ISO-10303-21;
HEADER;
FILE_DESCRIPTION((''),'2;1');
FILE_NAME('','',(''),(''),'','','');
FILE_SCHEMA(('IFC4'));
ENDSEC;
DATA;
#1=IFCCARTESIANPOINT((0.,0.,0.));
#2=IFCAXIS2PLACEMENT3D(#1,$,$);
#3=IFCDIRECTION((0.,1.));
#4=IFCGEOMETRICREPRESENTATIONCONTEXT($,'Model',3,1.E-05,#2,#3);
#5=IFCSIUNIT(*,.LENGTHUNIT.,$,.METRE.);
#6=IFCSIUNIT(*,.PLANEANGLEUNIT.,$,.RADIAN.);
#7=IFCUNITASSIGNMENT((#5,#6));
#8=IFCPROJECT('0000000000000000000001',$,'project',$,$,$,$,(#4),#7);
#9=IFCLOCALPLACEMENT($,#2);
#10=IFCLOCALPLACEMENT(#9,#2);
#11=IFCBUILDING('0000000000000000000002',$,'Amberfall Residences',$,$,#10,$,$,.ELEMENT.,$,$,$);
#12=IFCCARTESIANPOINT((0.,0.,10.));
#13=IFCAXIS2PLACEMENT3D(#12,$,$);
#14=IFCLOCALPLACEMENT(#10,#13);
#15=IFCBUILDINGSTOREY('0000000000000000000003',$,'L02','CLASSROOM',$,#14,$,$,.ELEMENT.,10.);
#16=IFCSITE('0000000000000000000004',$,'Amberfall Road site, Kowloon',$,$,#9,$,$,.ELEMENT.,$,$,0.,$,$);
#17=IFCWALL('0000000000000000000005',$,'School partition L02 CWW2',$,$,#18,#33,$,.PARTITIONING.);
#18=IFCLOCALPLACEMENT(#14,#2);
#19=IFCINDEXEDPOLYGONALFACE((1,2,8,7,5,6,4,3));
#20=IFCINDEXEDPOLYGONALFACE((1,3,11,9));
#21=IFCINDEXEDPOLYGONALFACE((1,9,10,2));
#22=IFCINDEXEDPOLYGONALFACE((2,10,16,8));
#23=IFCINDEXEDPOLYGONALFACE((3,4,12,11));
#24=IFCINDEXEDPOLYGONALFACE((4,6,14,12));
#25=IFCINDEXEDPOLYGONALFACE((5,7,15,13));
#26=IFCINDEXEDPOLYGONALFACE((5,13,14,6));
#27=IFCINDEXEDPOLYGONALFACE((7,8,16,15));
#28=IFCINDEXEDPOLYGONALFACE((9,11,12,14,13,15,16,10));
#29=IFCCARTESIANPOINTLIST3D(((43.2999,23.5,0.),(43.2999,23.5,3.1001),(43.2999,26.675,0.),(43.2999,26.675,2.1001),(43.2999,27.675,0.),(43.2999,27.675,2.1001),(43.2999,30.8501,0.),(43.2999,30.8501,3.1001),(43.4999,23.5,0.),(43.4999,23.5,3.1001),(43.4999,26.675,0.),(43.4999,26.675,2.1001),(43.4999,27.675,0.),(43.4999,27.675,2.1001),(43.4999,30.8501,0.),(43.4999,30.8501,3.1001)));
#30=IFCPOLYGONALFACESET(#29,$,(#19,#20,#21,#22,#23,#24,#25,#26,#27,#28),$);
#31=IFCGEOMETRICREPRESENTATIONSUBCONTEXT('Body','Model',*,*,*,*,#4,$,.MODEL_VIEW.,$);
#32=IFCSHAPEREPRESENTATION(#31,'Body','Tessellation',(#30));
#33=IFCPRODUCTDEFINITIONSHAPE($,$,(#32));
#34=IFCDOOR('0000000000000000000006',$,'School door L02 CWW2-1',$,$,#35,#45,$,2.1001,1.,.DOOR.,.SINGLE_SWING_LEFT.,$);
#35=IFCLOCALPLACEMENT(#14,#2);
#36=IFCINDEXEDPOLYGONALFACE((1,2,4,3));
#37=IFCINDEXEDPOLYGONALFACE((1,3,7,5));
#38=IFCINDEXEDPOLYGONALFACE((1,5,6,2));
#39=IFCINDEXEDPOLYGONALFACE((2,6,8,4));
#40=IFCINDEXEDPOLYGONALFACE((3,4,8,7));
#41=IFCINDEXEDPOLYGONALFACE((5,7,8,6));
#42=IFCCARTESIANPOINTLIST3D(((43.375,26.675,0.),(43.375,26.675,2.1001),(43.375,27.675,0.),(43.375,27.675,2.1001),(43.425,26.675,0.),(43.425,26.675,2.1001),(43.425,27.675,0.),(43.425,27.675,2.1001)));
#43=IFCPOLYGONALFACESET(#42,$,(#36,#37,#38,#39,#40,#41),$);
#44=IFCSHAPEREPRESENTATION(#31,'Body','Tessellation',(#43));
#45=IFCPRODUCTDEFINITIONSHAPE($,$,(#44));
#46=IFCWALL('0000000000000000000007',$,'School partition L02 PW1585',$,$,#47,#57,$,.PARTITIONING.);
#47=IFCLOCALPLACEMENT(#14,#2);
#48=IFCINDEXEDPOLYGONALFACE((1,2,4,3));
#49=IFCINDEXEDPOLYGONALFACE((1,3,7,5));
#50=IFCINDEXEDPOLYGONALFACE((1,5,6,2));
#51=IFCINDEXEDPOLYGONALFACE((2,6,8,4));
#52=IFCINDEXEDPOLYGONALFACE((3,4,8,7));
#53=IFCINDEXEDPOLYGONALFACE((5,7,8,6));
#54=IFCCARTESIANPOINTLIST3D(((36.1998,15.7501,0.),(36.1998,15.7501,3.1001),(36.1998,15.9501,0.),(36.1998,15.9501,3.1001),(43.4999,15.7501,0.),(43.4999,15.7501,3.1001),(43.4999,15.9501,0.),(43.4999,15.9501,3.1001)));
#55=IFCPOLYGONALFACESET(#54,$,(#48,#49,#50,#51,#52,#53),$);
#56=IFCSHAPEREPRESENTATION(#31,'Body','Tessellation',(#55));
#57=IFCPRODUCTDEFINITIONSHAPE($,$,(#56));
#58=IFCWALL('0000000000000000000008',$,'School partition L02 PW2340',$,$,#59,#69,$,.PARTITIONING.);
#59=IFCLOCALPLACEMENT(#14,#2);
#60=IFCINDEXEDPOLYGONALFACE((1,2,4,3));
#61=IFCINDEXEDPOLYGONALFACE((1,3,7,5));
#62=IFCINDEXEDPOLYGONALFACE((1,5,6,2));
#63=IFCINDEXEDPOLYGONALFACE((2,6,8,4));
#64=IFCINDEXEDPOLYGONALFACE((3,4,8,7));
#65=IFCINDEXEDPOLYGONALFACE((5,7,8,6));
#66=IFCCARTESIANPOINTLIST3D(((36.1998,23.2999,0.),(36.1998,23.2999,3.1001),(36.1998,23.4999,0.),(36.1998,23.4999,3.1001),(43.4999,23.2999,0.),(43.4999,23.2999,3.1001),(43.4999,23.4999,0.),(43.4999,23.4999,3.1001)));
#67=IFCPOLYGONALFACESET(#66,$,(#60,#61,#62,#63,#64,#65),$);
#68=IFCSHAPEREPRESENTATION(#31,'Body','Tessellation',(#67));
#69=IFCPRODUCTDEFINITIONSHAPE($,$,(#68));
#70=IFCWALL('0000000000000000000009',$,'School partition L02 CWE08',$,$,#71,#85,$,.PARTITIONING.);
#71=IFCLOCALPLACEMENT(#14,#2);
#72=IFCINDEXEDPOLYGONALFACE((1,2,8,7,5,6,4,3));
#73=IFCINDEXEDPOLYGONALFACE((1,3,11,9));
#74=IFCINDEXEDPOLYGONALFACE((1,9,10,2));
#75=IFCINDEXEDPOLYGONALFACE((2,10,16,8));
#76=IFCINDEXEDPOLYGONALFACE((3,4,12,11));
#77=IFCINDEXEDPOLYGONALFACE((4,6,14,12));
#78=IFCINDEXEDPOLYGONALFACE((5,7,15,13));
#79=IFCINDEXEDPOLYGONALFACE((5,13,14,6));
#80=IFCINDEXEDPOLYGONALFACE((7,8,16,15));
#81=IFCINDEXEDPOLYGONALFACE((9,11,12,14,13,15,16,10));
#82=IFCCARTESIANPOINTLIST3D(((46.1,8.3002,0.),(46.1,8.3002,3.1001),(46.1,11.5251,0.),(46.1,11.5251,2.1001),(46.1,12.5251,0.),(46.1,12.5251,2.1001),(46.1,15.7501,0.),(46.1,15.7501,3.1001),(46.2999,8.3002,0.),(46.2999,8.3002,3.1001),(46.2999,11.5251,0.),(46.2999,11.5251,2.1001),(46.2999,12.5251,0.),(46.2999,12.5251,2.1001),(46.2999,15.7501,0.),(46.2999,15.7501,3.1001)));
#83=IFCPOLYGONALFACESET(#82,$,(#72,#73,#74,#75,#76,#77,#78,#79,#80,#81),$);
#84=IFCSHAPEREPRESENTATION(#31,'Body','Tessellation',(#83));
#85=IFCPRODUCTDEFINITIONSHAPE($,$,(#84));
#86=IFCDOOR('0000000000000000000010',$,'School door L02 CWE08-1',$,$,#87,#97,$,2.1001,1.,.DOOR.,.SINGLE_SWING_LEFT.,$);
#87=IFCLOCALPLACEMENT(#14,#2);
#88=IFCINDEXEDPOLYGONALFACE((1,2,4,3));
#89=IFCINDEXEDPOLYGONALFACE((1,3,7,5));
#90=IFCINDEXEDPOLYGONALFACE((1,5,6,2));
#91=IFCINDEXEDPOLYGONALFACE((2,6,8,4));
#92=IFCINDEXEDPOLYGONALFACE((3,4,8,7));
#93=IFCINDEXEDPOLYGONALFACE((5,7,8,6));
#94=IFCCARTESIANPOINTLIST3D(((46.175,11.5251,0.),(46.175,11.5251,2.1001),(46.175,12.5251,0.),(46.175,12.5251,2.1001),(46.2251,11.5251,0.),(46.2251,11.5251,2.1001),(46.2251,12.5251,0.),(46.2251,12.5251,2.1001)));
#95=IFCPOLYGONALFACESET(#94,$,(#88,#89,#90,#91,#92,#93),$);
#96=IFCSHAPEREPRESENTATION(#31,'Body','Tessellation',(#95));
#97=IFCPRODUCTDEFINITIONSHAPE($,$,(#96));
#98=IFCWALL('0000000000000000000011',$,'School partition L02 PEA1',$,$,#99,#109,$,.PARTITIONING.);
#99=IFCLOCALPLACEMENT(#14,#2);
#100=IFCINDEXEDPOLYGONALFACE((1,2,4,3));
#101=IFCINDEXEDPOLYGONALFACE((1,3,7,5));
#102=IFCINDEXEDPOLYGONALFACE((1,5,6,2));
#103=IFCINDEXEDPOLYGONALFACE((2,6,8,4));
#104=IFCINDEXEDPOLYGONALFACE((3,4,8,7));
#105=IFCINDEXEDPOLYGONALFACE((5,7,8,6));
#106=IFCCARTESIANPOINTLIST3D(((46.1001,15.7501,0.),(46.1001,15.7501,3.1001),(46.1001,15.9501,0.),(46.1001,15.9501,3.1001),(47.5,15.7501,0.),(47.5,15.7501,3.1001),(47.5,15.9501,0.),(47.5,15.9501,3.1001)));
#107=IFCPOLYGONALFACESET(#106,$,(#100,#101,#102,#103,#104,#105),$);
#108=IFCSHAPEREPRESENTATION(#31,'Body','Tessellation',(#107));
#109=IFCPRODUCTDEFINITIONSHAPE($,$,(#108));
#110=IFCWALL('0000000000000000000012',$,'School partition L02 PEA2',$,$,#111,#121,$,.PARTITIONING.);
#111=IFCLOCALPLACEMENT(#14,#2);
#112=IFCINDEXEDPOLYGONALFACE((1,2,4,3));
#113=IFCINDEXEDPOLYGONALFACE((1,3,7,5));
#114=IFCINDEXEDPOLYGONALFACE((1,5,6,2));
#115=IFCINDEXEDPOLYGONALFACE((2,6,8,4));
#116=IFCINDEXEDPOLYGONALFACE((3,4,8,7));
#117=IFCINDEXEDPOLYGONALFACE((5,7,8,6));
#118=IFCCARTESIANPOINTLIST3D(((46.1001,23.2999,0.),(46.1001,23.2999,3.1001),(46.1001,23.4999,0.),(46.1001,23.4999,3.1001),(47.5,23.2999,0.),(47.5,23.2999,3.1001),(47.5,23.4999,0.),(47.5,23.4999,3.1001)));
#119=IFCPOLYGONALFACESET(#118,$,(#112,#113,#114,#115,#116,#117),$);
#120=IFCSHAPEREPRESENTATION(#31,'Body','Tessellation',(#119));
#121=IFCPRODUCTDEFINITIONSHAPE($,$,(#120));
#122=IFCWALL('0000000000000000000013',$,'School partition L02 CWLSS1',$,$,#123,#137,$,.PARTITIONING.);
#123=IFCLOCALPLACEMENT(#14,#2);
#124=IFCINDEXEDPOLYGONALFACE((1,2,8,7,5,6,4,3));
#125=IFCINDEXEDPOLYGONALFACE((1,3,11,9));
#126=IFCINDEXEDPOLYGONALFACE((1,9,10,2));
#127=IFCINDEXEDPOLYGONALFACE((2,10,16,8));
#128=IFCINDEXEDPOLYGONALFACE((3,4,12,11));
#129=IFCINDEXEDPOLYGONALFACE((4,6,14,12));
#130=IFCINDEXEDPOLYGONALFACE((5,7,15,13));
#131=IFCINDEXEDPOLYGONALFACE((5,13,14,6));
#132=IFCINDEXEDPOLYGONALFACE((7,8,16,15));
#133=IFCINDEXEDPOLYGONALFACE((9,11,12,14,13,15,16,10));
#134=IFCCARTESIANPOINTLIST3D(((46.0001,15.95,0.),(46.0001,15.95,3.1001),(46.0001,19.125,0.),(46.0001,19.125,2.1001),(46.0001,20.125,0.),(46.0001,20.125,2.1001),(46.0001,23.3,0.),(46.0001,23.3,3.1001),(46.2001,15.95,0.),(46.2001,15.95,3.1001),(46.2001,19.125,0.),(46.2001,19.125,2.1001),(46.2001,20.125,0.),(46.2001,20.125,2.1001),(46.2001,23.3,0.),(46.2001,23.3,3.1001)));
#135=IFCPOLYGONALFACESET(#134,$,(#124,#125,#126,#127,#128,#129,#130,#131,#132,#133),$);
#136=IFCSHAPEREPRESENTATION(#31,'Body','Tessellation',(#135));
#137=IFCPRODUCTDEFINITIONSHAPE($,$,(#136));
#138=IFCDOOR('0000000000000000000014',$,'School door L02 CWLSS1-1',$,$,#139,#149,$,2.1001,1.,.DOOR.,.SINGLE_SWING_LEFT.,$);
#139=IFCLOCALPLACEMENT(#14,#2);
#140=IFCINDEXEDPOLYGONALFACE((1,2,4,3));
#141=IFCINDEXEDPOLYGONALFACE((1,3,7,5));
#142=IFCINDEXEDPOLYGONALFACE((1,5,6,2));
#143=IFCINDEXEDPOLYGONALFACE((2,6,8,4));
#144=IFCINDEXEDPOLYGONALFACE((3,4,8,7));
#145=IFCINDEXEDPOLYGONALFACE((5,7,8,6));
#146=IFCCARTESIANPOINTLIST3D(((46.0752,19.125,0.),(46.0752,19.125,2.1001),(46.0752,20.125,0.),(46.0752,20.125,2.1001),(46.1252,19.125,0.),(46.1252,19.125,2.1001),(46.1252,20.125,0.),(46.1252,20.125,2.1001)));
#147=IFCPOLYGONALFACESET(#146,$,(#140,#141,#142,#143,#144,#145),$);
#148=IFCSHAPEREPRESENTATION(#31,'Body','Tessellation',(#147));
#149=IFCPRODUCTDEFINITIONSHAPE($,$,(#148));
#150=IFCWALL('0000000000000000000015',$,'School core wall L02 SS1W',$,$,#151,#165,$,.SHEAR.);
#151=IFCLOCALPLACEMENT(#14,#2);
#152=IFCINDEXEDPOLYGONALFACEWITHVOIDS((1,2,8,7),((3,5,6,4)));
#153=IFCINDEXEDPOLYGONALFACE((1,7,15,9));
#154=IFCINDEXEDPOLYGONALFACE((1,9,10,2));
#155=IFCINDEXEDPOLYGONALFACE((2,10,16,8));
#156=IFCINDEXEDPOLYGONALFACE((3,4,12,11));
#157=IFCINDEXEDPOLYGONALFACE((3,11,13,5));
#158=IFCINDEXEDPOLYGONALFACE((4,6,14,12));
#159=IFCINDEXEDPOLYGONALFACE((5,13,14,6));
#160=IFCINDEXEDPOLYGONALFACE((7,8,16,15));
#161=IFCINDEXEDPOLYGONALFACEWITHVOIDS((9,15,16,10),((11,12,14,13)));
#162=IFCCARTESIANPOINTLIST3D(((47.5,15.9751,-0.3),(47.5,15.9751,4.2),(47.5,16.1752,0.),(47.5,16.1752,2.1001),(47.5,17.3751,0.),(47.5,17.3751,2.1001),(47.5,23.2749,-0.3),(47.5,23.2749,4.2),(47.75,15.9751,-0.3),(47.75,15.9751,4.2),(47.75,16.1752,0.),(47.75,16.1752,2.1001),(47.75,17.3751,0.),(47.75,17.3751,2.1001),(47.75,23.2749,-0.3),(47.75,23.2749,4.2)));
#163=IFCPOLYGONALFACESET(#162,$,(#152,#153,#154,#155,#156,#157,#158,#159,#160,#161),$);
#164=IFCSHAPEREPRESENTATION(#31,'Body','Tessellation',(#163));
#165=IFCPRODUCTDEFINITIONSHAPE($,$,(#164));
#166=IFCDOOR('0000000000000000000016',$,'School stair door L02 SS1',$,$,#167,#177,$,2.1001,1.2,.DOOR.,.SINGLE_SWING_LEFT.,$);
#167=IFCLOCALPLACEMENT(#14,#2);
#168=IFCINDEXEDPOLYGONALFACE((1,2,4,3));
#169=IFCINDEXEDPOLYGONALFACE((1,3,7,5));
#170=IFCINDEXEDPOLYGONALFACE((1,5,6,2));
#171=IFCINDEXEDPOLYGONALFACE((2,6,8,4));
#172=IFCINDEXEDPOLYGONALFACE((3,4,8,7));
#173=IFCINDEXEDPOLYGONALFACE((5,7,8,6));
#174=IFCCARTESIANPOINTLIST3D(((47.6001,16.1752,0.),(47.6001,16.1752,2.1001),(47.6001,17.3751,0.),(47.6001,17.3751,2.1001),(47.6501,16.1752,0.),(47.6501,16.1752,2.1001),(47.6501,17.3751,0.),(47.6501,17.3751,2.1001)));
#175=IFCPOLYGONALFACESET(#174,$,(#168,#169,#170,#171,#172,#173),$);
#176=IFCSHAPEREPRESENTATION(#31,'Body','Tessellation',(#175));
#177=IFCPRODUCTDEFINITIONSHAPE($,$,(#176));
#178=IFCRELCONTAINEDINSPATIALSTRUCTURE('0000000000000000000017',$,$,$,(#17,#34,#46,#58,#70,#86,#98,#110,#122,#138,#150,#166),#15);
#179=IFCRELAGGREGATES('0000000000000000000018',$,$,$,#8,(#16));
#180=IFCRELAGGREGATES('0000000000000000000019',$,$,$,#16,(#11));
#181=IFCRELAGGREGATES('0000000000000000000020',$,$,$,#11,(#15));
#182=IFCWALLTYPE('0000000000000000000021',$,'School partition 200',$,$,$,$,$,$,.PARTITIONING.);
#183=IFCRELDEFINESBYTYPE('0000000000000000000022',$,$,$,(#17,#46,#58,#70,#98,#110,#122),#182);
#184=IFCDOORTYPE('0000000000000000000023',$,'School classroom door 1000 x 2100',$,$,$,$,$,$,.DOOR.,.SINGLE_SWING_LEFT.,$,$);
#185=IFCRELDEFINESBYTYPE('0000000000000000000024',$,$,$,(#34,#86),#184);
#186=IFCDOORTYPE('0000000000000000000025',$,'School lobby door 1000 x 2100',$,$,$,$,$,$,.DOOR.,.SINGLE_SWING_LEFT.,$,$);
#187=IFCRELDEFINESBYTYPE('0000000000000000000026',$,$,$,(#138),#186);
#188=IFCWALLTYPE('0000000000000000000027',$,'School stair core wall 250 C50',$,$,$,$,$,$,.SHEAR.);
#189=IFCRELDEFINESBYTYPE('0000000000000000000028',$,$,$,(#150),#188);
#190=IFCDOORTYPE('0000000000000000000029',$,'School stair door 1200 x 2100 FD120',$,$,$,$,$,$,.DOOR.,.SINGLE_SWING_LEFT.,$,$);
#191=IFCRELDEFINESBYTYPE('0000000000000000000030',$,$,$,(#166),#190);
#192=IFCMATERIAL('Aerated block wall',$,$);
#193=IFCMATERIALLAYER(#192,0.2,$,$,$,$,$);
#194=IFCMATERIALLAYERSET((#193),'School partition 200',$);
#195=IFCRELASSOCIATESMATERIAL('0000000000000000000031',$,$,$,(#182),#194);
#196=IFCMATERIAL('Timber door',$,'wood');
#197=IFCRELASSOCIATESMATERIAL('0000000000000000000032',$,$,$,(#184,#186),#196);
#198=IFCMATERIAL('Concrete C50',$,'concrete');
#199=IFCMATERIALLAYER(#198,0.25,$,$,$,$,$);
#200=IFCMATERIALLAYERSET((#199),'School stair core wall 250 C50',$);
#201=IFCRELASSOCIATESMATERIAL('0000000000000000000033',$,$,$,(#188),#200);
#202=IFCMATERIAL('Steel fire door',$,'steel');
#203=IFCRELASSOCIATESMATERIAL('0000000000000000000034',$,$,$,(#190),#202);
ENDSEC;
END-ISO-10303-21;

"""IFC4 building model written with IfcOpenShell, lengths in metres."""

from ifc_helpers import new_model, si_unit, direction, frame, frame_2d, origin, place, context, subcontext, project, spatial, rectangle, extrude, material, layer, layer_set, type_object, element, fill, save


model = new_model("IFC4")

# Units and contexts
model_context = context("Model", 3, precision=1e-05, world=origin(), true_north=direction((0.0, 1.0)))
body_context = subcontext(model_context, "Body", "Model", "MODEL_VIEW")
ifc_project = project(units=[si_unit("LENGTHUNIT", "METRE"), si_unit("PLANEANGLEUNIT", "RADIAN")], contexts=[model_context])

# Site, building, storey
site_placement = place(None, origin())
site = spatial("IfcSite", under=ifc_project, at=site_placement, Name="Amberfall Road site, Kowloon", CompositionType="ELEMENT", RefElevation=0.0)
building_placement = place(site_placement, origin())
building = spatial("IfcBuilding", under=site, at=building_placement, Name="Amberfall Residences", CompositionType="ELEMENT")
storey_placement = place(building_placement, frame((0.0, 0.0, 10.0)))
storey = spatial("IfcBuildingStorey", under=building, at=storey_placement, Name="L02", Description="CLASSROOM", CompositionType="ELEMENT", Elevation=10.0)

# Shared definitions
ifc_material_1 = material(Name="Aerated block wall")

# Wall, opening, door
ifc_layer_1 = layer(ifc_material_1, 0.2)
ifc_layer_set_1 = layer_set([ifc_layer_1], Name="School partition 200")
wall_type_1 = type_object("IfcWallType", Name="School partition 200", PredefinedType="PARTITIONING", material=ifc_layer_set_1)
ifc_material_2 = material(Name="Timber door", Category="wood")
door_type_1 = type_object("IfcDoorType", Name="School classroom door 1000 x 2100", OperationType="SINGLE_SWING_LEFT", PredefinedType="DOOR", material=ifc_material_2)
wall_1_placement = place(storey_placement, frame((43.3999, 23.5, 0.0), z_axis=(0.0, 0.0, 1.0), x_axis=(0.0, 1.0, 0.0)))
wall_1 = element("IfcWall", 1, at=wall_1_placement, inside=storey, type_object=wall_type_1, Name="School partition L02 CWW2", PredefinedType="PARTITIONING", context=body_context, shape_type="SweptSolid", body=[
    extrude(rectangle(XDim=7.3501, YDim=0.2, at=frame_2d((3.675, 0.0))), origin(), (0.0, 0.0, 1.0), 3.1001),
])
opening_1_placement = place(wall_1_placement, frame((3.175, 0.0, 0.0)))
opening_1 = element("IfcOpeningElement", 2, at=opening_1_placement, cuts=wall_1, PredefinedType="OPENING", context=body_context, shape_type="SweptSolid", body=[
    extrude(rectangle(XDim=1.0, YDim=2.1001, at=frame_2d((0.5, 1.05))), frame((0.0, 0.1099, 0.0), z_axis=(0.0, -1.0, 0.0), x_axis=(1.0, 0.0, 0.0)), (0.0, 0.0, 1.0), 0.22),
])
door_1_placement = place(opening_1_placement, origin())
door_1 = element("IfcDoor", 3, at=door_1_placement, inside=storey, type_object=door_type_1, Name="School door L02 CWW2-1", OperationType="SINGLE_SWING_LEFT", OverallHeight=2.1001, OverallWidth=1.0, PredefinedType="DOOR", context=body_context, shape_type="SweptSolid", body=[
    extrude(rectangle(XDim=1.0, YDim=2.1001, at=frame_2d((0.5, 1.05))), frame((0.0, 0.0249, 0.0), z_axis=(0.0, -1.0, 0.0), x_axis=(1.0, 0.0, 0.0)), (0.0, 0.0, 1.0), 0.05),
])
fill(opening_1, door_1)

# Walls
for number, where, z_axis, x_axis, name in (
    (4, (36.2, 15.8501, 0.0), (0.0, 0.0, 1.0), (1.0, 0.0, 0.0), "School partition L02 PW1585"),
    (5, (36.2, 23.3999, 0.0), (0.0, 0.0, 1.0), (1.0, 0.0, 0.0), "School partition L02 PW2340"),
):
    element("IfcWall", number, at=place(storey_placement, frame(where, z_axis=z_axis, x_axis=x_axis)), inside=storey, type_object=wall_type_1, Name=name, PredefinedType="PARTITIONING", context=body_context, shape_type="SweptSolid", body=[
        extrude(rectangle(XDim=7.3, YDim=0.2, at=frame_2d((3.6499, 0.0))), origin(), (0.0, 0.0, 1.0), 3.1001),
    ])

# Wall, opening, door
wall_2_placement = place(storey_placement, frame((46.2, 8.3, 0.0), z_axis=(0.0, 0.0, 1.0), x_axis=(0.0, 1.0, 0.0)))
wall_2 = element("IfcWall", 6, at=wall_2_placement, inside=storey, type_object=wall_type_1, Name="School partition L02 CWE08", PredefinedType="PARTITIONING", context=body_context, shape_type="SweptSolid", body=[
    extrude(rectangle(XDim=7.45, YDim=0.2, at=frame_2d((3.7251, 0.0))), origin(), (0.0, 0.0, 1.0), 3.1001),
])
opening_2_placement = place(wall_2_placement, frame((3.2251, 0.0, 0.0)))
opening_2 = element("IfcOpeningElement", 7, at=opening_2_placement, cuts=wall_2, PredefinedType="OPENING", context=body_context, shape_type="SweptSolid", body=[
    extrude(rectangle(XDim=1.0, YDim=2.1001, at=frame_2d((0.5, 1.05))), frame((0.0, 0.1099, 0.0), z_axis=(0.0, -1.0, 0.0), x_axis=(1.0, 0.0, 0.0)), (0.0, 0.0, 1.0), 0.22),
])
door_2_placement = place(opening_2_placement, origin())
door_2 = element("IfcDoor", 8, at=door_2_placement, inside=storey, type_object=door_type_1, Name="School door L02 CWE08-1", OperationType="SINGLE_SWING_LEFT", OverallHeight=2.1001, OverallWidth=1.0, PredefinedType="DOOR", context=body_context, shape_type="SweptSolid", body=[
    extrude(rectangle(XDim=1.0, YDim=2.1001, at=frame_2d((0.5, 1.05))), frame((0.0, 0.0249, 0.0), z_axis=(0.0, -1.0, 0.0), x_axis=(1.0, 0.0, 0.0)), (0.0, 0.0, 1.0), 0.05),
])
fill(opening_2, door_2)

# Walls
for number, where, z_axis, x_axis, name in (
    (9, (46.1001, 15.8501, 0.0), (0.0, 0.0, 1.0), (1.0, 0.0, 0.0), "School partition L02 PEA1"),
    (10, (46.1001, 23.3999, 0.0), (0.0, 0.0, 1.0), (1.0, 0.0, 0.0), "School partition L02 PEA2"),
):
    element("IfcWall", number, at=place(storey_placement, frame(where, z_axis=z_axis, x_axis=x_axis)), inside=storey, type_object=wall_type_1, Name=name, PredefinedType="PARTITIONING", context=body_context, shape_type="SweptSolid", body=[
        extrude(rectangle(XDim=1.3999, YDim=0.2, at=frame_2d((0.7, 0.0))), origin(), (0.0, 0.0, 1.0), 3.1001),
    ])

# Walls, openings, doors
wall_3_placement = place(storey_placement, frame((46.1001, 15.95, 0.0), z_axis=(0.0, 0.0, 1.0), x_axis=(0.0, 1.0, 0.0)))
wall_3 = element("IfcWall", 11, at=wall_3_placement, inside=storey, type_object=wall_type_1, Name="School partition L02 CWLSS1", PredefinedType="PARTITIONING", context=body_context, shape_type="SweptSolid", body=[
    extrude(rectangle(XDim=7.3501, YDim=0.2, at=frame_2d((3.675, 0.0))), origin(), (0.0, 0.0, 1.0), 3.1001),
])
opening_3_placement = place(wall_3_placement, frame((3.175, 0.0, 0.0)))
opening_3 = element("IfcOpeningElement", 12, at=opening_3_placement, cuts=wall_3, PredefinedType="OPENING", context=body_context, shape_type="SweptSolid", body=[
    extrude(rectangle(XDim=1.0, YDim=2.1001, at=frame_2d((0.5, 1.05))), frame((0.0, 0.1099, 0.0), z_axis=(0.0, -1.0, 0.0), x_axis=(1.0, 0.0, 0.0)), (0.0, 0.0, 1.0), 0.22),
])
door_type_2 = type_object("IfcDoorType", Name="School lobby door 1000 x 2100", OperationType="SINGLE_SWING_LEFT", PredefinedType="DOOR", material=ifc_material_2)
door_3_placement = place(opening_3_placement, origin())
door_3 = element("IfcDoor", 13, at=door_3_placement, inside=storey, type_object=door_type_2, Name="School door L02 CWLSS1-1", OperationType="SINGLE_SWING_LEFT", OverallHeight=2.1001, OverallWidth=1.0, PredefinedType="DOOR", context=body_context, shape_type="SweptSolid", body=[
    extrude(rectangle(XDim=1.0, YDim=2.1001, at=frame_2d((0.5, 1.05))), frame((0.0, 0.0249, 0.0), z_axis=(0.0, -1.0, 0.0), x_axis=(1.0, 0.0, 0.0)), (0.0, 0.0, 1.0), 0.05),
])
fill(opening_3, door_3)
ifc_material_3 = material(Name="Concrete C50", Category="concrete")
ifc_layer_2 = layer(ifc_material_3, 0.25)
ifc_layer_set_2 = layer_set([ifc_layer_2], Name="School stair core wall 250 C50")
wall_type_2 = type_object("IfcWallType", Name="School stair core wall 250 C50", PredefinedType="SHEAR", material=ifc_layer_set_2)
wall_4_placement = place(storey_placement, frame((47.625, 15.9751, -0.3), z_axis=(0.0, 0.0, 1.0), x_axis=(0.0, 1.0, 0.0)))
wall_4 = element("IfcWall", 14, at=wall_4_placement, inside=storey, type_object=wall_type_2, Name="School core wall L02 SS1W", PredefinedType="SHEAR", context=body_context, shape_type="SweptSolid", body=[
    extrude(rectangle(XDim=7.2998, YDim=0.25, at=frame_2d((3.6499, 0.0))), origin(), (0.0, 0.0, 1.0), 4.5),
])
opening_4_placement = place(wall_4_placement, frame((0.2, 0.0, 0.3)))
opening_4 = element("IfcOpeningElement", 15, at=opening_4_placement, cuts=wall_4, PredefinedType="OPENING", context=body_context, shape_type="SweptSolid", body=[
    extrude(rectangle(XDim=1.2, YDim=2.1001, at=frame_2d((0.6001, 1.05))), frame((0.0, 0.135, 0.0), z_axis=(0.0, -1.0, 0.0), x_axis=(1.0, 0.0, 0.0)), (0.0, 0.0, 1.0), 0.27),
])
ifc_material_4 = material(Name="Steel fire door", Category="steel")
door_type_3 = type_object("IfcDoorType", Name="School stair door 1200 x 2100 FD120", OperationType="SINGLE_SWING_LEFT", PredefinedType="DOOR", material=ifc_material_4)
door_4_placement = place(opening_4_placement, origin())
door_4 = element("IfcDoor", 16, at=door_4_placement, inside=storey, type_object=door_type_3, Name="School stair door L02 SS1", OperationType="SINGLE_SWING_LEFT", OverallHeight=2.1001, OverallWidth=1.2, PredefinedType="DOOR", context=body_context, shape_type="SweptSolid", body=[
    extrude(rectangle(XDim=1.2, YDim=2.1001, at=frame_2d((0.6001, 1.05))), frame((0.0, 0.0249, 0.0), z_axis=(0.0, -1.0, 0.0), x_axis=(1.0, 0.0, 0.0)), (0.0, 0.0, 1.0), 0.05),
])
fill(opening_4, door_4)

save(model, "model.ifc")
